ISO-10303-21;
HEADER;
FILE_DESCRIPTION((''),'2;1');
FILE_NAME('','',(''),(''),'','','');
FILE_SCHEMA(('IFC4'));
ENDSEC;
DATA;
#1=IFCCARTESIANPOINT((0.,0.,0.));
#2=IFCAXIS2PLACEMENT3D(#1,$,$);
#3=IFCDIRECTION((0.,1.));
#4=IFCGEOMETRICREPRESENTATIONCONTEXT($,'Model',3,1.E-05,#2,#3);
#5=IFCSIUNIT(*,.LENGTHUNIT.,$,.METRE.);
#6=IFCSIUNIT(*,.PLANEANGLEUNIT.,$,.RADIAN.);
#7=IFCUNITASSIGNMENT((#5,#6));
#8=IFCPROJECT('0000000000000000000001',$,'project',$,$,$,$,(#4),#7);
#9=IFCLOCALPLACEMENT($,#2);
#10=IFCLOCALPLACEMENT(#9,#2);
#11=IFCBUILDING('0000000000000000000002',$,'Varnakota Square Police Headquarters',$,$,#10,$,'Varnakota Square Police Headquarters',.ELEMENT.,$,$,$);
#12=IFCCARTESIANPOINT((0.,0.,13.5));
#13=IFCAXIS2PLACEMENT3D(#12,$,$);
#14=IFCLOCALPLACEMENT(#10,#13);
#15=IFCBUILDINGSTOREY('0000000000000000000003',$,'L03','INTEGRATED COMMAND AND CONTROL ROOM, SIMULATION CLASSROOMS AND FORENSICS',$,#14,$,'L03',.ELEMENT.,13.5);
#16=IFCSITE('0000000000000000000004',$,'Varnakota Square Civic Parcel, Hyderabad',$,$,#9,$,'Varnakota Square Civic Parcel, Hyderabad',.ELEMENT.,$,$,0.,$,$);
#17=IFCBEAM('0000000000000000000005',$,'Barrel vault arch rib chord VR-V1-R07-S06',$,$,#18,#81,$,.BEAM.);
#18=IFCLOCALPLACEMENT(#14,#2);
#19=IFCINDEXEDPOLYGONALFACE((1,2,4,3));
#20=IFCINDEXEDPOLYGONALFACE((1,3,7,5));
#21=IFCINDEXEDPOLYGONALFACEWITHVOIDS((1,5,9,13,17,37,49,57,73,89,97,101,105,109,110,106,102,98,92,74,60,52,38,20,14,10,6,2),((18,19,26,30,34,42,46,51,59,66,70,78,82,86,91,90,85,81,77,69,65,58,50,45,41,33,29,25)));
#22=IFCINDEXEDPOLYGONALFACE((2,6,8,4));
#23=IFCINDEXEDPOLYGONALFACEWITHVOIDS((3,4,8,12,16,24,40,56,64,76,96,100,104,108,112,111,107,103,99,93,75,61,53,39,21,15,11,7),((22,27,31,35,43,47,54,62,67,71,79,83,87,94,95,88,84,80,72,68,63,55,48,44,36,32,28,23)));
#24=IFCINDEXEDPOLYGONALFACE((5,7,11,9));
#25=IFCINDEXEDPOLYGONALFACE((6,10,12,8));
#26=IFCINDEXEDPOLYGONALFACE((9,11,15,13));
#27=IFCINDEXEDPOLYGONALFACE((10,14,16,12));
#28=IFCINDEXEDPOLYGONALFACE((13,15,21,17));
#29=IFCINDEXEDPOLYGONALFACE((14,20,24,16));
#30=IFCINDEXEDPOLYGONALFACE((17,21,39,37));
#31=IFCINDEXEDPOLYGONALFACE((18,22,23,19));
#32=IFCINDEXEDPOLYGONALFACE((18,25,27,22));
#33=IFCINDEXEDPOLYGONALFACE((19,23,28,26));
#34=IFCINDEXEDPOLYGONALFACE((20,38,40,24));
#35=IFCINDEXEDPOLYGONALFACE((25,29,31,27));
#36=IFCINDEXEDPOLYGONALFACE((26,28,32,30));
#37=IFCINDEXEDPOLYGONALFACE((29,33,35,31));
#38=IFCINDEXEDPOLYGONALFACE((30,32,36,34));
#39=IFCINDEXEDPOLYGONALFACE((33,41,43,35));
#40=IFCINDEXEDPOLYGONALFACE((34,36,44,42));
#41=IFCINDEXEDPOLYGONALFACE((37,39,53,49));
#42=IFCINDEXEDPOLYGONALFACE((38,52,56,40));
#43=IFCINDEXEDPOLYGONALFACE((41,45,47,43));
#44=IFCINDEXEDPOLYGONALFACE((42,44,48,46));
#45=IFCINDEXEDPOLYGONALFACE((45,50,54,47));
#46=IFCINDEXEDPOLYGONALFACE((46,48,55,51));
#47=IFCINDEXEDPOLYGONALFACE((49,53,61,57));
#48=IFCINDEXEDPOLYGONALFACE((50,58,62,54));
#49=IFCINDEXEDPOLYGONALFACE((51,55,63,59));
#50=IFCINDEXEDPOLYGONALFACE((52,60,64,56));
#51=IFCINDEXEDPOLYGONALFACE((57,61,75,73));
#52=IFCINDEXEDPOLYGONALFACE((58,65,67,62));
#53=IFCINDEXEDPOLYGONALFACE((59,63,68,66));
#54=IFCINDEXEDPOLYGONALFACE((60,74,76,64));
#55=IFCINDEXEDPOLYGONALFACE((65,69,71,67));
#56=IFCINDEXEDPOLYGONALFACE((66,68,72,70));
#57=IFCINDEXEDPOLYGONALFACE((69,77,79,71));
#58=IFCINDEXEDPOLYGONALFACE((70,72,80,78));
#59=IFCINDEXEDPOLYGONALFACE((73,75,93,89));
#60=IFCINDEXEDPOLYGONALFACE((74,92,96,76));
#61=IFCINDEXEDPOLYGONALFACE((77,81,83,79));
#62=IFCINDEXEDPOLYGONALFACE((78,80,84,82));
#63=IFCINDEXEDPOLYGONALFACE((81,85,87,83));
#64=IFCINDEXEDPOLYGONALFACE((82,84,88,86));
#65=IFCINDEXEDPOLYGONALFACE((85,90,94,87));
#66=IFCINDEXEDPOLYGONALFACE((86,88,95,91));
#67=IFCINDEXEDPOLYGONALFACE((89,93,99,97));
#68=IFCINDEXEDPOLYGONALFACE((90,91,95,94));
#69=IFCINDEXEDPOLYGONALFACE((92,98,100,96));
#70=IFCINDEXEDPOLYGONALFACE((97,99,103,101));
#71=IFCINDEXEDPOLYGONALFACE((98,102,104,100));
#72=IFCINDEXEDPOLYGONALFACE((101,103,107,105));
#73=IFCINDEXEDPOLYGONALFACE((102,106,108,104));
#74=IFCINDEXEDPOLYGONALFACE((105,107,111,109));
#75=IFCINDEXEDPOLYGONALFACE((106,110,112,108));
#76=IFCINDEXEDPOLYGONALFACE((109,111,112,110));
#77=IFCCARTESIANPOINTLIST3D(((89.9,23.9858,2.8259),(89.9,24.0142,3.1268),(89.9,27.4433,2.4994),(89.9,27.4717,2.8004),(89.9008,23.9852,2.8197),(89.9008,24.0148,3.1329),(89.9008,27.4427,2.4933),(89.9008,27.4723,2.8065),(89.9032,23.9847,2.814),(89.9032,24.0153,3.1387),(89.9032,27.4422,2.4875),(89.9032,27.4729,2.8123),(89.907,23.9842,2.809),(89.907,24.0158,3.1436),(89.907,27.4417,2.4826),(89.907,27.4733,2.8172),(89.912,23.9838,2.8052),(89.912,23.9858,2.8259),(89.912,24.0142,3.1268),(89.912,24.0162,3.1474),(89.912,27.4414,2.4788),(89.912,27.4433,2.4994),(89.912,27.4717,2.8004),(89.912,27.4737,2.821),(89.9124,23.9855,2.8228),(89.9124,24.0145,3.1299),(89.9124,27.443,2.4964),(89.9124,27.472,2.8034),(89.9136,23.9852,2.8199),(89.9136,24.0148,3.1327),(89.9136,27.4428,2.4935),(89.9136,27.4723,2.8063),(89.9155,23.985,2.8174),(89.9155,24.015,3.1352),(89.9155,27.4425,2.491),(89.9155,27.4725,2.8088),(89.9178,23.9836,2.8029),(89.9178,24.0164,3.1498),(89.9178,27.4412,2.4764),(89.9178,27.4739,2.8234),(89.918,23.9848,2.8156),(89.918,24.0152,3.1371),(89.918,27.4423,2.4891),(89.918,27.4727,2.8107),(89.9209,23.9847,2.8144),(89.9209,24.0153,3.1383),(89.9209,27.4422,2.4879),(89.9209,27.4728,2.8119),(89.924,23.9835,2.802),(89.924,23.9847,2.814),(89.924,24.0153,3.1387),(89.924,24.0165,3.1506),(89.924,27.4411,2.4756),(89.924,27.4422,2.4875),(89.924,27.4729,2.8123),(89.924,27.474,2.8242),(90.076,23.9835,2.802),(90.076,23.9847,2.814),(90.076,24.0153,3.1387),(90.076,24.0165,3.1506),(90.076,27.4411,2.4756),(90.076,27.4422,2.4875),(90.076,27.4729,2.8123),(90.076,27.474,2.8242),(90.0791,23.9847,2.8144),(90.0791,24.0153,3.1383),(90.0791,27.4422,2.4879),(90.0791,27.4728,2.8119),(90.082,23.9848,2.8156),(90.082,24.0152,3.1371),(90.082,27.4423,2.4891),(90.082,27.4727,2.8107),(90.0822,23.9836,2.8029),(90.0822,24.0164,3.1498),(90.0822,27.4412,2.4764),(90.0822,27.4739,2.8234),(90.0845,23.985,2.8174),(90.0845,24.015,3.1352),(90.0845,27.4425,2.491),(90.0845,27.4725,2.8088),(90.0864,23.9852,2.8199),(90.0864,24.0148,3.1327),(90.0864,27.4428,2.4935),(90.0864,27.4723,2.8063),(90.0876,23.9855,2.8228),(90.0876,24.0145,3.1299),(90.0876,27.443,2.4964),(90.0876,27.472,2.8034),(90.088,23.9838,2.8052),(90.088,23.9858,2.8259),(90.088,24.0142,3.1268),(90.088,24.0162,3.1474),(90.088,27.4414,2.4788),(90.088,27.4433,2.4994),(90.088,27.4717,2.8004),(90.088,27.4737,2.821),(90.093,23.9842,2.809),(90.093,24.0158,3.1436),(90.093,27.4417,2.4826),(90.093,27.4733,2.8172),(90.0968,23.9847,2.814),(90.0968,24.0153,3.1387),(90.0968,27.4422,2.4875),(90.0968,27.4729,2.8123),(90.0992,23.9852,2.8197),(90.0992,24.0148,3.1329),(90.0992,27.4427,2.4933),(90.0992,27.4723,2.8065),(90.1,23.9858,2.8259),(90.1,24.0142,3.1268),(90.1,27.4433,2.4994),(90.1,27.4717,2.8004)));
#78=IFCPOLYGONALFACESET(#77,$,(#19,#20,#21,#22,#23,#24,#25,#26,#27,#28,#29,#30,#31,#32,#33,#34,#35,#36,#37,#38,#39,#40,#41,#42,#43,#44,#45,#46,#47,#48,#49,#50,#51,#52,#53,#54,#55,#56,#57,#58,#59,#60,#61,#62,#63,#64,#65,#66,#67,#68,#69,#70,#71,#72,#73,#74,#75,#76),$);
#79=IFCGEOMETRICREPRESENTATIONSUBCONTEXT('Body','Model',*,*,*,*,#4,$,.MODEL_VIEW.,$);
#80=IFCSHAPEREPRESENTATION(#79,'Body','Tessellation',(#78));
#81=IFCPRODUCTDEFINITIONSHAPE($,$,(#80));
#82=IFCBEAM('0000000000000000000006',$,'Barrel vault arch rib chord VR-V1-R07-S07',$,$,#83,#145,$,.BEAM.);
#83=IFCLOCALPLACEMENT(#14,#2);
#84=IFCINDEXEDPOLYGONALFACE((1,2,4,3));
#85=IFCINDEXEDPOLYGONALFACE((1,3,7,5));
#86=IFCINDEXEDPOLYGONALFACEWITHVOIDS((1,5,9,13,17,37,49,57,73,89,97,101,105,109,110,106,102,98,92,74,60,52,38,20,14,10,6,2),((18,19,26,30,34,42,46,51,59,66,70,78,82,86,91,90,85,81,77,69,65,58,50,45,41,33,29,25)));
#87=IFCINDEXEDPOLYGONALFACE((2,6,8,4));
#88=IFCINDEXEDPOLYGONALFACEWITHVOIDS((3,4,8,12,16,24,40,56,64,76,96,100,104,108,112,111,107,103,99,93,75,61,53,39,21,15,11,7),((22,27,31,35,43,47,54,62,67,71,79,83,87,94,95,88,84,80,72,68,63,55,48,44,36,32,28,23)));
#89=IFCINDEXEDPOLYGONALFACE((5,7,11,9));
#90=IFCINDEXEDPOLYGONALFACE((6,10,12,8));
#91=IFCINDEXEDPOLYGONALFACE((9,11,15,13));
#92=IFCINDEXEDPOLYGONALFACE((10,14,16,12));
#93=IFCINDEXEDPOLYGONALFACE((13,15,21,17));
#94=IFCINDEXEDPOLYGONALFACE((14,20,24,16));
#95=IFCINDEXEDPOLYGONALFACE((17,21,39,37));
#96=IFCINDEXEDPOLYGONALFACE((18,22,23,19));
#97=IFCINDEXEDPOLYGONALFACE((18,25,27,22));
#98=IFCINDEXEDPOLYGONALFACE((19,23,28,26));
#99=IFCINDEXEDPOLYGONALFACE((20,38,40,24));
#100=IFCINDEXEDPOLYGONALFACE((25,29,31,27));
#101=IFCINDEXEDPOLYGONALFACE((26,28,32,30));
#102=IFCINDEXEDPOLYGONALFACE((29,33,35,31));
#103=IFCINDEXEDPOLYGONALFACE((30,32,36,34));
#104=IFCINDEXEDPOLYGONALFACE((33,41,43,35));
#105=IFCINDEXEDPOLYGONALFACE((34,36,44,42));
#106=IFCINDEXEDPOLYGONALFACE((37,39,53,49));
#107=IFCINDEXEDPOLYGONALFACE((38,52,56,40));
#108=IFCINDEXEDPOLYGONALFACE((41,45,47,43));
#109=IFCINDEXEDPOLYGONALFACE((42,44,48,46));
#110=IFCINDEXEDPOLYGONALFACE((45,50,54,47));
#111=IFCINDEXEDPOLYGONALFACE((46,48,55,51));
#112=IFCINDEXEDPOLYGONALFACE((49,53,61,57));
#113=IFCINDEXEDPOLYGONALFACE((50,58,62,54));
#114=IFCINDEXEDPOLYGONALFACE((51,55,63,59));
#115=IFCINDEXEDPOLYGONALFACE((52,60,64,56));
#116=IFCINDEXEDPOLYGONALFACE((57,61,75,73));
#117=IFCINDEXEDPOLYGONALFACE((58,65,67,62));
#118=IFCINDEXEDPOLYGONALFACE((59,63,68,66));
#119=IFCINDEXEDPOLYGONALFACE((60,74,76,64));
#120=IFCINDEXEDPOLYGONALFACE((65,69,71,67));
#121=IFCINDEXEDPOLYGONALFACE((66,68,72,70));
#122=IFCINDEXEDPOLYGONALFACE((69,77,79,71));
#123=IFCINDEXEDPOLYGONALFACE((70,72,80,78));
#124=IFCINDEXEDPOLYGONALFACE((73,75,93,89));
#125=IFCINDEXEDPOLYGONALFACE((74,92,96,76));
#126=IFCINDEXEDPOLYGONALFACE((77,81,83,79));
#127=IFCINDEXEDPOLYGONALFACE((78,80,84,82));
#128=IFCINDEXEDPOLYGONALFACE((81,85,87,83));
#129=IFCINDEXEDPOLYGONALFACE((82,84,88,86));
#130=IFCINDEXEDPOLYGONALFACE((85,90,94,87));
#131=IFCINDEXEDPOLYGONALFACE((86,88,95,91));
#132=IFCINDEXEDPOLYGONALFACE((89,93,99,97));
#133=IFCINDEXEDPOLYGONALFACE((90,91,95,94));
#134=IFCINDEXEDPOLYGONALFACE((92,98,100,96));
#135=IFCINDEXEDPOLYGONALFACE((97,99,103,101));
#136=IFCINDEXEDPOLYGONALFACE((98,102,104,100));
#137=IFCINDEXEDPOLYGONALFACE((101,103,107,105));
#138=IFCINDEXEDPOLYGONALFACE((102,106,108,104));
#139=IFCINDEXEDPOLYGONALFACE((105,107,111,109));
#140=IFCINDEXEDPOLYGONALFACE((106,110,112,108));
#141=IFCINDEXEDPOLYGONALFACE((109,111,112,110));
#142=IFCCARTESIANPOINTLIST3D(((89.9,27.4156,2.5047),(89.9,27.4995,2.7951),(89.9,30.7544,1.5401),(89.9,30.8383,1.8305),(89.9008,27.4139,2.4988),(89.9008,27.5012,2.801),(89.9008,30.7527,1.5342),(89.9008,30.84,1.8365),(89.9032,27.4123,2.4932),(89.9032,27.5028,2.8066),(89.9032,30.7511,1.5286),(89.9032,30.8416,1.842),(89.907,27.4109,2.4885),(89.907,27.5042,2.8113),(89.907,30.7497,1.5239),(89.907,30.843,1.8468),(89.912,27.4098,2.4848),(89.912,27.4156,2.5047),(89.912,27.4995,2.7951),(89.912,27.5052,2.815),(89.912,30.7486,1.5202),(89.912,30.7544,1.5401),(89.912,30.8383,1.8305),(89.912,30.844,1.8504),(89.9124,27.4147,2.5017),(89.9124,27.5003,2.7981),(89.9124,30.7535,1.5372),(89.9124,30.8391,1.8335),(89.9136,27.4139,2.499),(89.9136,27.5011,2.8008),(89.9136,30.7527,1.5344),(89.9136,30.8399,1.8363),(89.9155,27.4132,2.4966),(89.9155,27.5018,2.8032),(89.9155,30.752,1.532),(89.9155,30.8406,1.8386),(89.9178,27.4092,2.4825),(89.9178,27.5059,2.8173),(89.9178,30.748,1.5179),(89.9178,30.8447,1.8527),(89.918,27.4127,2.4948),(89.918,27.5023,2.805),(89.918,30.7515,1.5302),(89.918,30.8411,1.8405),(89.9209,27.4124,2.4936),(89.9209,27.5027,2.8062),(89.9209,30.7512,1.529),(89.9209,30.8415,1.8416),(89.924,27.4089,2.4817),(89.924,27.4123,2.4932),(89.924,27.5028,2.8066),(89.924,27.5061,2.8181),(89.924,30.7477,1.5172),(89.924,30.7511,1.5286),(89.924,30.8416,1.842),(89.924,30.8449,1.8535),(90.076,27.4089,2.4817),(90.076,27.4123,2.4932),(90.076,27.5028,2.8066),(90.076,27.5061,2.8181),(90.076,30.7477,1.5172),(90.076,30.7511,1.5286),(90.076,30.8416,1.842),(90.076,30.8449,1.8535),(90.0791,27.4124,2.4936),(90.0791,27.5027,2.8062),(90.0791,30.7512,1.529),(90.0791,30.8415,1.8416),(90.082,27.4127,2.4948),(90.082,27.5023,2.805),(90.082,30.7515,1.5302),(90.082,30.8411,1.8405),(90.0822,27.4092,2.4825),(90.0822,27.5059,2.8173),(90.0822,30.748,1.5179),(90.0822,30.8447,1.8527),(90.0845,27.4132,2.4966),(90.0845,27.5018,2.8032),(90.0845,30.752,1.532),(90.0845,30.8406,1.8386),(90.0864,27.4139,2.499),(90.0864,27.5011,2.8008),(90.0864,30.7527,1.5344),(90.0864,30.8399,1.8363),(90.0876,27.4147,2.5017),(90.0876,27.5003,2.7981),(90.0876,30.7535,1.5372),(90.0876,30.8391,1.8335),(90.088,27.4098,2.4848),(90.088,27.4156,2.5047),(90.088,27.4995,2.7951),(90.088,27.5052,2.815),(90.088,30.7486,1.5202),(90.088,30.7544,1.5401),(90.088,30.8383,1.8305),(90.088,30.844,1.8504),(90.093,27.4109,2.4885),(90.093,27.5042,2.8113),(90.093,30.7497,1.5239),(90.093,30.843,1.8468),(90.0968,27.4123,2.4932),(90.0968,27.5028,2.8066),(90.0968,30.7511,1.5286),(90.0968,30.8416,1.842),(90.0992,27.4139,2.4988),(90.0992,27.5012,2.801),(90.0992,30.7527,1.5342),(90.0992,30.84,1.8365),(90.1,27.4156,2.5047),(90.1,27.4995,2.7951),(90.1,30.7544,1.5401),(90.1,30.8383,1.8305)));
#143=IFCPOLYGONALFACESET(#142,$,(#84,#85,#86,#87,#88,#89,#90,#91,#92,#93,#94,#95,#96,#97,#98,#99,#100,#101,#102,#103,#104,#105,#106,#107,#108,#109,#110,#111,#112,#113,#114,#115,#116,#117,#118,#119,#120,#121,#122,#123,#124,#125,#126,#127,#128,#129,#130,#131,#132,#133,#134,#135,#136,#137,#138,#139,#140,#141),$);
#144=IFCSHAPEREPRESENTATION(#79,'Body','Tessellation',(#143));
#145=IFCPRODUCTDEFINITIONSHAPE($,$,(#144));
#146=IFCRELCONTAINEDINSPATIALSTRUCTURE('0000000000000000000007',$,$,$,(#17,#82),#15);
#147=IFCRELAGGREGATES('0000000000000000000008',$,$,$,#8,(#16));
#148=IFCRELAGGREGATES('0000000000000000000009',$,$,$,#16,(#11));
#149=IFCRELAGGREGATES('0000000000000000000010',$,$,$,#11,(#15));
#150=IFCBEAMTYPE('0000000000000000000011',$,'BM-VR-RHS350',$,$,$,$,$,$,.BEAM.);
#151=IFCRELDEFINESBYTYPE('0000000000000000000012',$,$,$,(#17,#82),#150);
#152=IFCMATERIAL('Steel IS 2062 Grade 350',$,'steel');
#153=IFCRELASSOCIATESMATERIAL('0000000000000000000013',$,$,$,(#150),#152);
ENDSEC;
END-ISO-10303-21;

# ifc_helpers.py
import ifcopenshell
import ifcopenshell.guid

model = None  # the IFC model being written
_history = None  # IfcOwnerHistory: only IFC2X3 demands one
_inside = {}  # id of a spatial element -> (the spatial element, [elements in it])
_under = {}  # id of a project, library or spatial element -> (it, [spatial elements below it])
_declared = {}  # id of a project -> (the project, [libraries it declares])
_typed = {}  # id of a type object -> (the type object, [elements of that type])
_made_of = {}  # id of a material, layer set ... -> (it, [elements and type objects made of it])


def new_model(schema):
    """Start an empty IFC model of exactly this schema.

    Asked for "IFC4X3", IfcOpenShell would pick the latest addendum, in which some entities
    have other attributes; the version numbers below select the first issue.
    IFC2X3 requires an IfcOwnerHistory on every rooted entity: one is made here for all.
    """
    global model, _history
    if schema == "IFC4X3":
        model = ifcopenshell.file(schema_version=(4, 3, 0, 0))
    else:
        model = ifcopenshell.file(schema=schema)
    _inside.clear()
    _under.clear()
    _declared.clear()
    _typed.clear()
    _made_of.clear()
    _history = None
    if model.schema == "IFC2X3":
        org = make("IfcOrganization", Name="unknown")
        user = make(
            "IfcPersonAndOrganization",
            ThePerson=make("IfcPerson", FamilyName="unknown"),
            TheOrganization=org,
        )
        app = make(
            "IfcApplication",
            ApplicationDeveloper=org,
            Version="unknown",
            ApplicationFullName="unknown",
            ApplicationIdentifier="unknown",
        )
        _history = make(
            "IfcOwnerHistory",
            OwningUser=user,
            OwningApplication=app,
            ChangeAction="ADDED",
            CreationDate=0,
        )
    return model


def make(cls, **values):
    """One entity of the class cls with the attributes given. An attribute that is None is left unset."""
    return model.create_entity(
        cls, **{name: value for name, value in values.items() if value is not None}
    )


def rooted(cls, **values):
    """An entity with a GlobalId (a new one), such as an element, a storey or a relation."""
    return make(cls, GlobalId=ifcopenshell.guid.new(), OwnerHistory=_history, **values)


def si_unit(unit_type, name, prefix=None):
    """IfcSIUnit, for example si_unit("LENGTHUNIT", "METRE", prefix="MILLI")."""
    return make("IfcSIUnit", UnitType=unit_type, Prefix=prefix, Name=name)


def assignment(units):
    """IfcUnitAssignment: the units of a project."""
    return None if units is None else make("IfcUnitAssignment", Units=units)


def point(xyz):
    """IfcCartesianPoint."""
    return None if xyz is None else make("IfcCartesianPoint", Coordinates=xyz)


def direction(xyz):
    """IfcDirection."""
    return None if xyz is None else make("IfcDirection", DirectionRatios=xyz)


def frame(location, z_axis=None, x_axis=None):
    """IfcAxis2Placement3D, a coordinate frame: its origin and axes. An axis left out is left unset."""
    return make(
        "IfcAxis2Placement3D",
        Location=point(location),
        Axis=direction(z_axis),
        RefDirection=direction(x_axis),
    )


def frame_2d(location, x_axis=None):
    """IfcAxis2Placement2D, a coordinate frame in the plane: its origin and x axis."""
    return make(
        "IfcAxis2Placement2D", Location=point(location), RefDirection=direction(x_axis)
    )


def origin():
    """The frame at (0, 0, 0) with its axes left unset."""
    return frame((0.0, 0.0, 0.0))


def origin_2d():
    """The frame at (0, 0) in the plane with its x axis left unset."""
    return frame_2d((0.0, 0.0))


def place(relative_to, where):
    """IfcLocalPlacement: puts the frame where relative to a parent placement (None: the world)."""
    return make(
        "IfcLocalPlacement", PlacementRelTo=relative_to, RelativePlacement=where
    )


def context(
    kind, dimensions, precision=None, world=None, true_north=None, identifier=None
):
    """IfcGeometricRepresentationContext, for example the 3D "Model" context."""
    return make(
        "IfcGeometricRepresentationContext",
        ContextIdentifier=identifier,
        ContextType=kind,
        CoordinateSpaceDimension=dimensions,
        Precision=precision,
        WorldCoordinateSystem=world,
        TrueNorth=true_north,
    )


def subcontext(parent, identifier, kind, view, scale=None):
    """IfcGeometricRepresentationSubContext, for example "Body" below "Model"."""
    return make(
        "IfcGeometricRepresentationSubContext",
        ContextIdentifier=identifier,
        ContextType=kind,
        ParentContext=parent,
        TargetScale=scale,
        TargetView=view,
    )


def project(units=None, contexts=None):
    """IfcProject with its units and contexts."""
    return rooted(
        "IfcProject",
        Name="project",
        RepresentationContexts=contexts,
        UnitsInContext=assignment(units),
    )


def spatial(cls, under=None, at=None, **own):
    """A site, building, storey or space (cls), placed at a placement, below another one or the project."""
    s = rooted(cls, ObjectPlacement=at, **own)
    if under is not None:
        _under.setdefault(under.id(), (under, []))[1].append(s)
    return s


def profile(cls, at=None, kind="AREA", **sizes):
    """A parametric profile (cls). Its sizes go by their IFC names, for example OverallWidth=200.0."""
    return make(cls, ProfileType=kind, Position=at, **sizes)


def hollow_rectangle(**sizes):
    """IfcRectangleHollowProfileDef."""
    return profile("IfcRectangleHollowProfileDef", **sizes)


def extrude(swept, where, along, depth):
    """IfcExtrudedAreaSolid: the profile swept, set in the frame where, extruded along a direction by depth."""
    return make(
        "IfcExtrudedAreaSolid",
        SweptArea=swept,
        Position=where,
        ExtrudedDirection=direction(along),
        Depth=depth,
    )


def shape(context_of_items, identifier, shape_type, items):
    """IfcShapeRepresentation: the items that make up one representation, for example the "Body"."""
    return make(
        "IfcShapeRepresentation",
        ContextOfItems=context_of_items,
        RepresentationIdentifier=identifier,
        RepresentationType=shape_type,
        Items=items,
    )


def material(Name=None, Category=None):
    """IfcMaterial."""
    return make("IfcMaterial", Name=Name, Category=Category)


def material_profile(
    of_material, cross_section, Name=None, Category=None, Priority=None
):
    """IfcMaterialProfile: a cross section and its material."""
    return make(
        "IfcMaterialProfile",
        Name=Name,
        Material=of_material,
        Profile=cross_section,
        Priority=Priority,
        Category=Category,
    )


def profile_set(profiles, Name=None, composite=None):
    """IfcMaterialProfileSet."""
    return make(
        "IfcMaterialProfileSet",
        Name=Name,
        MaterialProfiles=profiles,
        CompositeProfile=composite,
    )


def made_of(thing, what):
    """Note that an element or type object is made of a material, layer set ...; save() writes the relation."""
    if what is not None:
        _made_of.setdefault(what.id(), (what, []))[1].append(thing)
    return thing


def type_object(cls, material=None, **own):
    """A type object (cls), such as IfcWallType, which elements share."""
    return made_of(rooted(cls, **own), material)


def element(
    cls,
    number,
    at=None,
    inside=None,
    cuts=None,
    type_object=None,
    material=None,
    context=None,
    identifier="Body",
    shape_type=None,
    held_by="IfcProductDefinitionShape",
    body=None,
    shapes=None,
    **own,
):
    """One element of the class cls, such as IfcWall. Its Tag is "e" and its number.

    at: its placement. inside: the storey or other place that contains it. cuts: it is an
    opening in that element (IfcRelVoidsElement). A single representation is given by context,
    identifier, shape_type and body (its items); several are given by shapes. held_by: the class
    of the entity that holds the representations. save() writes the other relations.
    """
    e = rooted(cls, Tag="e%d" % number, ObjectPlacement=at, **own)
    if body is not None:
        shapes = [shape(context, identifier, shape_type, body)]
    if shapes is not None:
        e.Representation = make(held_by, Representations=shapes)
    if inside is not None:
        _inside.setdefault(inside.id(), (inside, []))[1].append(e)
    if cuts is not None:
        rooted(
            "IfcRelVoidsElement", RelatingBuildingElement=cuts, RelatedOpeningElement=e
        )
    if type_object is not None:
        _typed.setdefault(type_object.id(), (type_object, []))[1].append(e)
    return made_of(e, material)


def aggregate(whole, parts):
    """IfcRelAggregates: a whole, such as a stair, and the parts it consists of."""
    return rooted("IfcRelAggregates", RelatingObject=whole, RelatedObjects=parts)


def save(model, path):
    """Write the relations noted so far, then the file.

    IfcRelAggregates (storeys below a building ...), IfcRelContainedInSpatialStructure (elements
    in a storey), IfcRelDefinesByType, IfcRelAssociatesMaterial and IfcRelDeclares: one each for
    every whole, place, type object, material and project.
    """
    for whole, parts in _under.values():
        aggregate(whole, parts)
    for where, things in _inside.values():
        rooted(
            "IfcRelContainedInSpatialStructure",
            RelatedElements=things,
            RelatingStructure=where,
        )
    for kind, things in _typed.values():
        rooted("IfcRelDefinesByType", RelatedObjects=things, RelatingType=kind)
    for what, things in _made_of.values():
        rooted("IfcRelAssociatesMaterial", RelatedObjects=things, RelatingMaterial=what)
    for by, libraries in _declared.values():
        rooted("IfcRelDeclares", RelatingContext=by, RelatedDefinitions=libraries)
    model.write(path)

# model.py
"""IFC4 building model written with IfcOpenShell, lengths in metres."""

from ifc_helpers import new_model, si_unit, direction, frame, origin, origin_2d, place, context, subcontext, project, spatial, hollow_rectangle, extrude, material, material_profile, profile_set, type_object, element, save


model = new_model("IFC4")

# Units and contexts
model_context = context("Model", 3, precision=1e-05, world=origin(), true_north=direction((0.0, 1.0)))
body_context = subcontext(model_context, "Body", "Model", "MODEL_VIEW")
ifc_project = project(units=[si_unit("LENGTHUNIT", "METRE"), si_unit("PLANEANGLEUNIT", "RADIAN")], contexts=[model_context])

# Site, building, storey
site_placement = place(None, origin())
site = spatial("IfcSite", under=ifc_project, at=site_placement, Name="Varnakota Square Civic Parcel, Hyderabad", LongName="Varnakota Square Civic Parcel, Hyderabad", CompositionType="ELEMENT", RefElevation=0.0)
building_placement = place(site_placement, origin())
building = spatial("IfcBuilding", under=site, at=building_placement, Name="Varnakota Square Police Headquarters", LongName="Varnakota Square Police Headquarters", CompositionType="ELEMENT")
storey_placement = place(building_placement, frame((0.0, 0.0, 13.5)))
storey = spatial("IfcBuildingStorey", under=building, at=storey_placement, Name="L03", Description="INTEGRATED COMMAND AND CONTROL ROOM, SIMULATION CLASSROOMS AND FORENSICS", LongName="L03", CompositionType="ELEMENT", Elevation=13.5)

# Beams
ifc_material_1 = material(Name="Steel IS 2062 Grade 350", Category="steel")
ifc_material_profile_1 = material_profile(ifc_material_1, hollow_rectangle(XDim=0.2, YDim=0.3501, WallThickness=0.012, InnerFilletRadius=0.012, OuterFilletRadius=0.0239, at=origin_2d()), Name="RHS 350x200x12")
ifc_profile_set_1 = profile_set([ifc_material_profile_1], Name="Steel IS 2062 Grade 350")
beam_type = type_object("IfcBeamType", Name="BM-VR-RHS350", PredefinedType="BEAM", material=ifc_profile_set_1)
for number, where, z_axis, x_axis, name in (
    (1, (90.0, 24.0, 2.9763), (0.0, 0.995573, -0.09399), (-1.0, 0.0, 0.0), "Barrel vault arch rib chord VR-V1-R07-S06"),
):
    element("IfcBeam", number, at=place(storey_placement, frame(where, z_axis=z_axis, x_axis=x_axis)), inside=storey, type_object=beam_type, Name=name, PredefinedType="BEAM", context=body_context, shape_type="SweptSolid", body=[
        extrude(hollow_rectangle(XDim=0.2, YDim=0.3501, WallThickness=0.012, InnerFilletRadius=0.012, OuterFilletRadius=0.0239, at=origin_2d()), origin(), (0.0, 0.0, 1.0), 3.4729),
    ])
beam_1_placement = place(storey_placement, frame((90.0, 27.4575, 2.6499), z_axis=(0.0, 0.960711, -0.27755), x_axis=(-1.0, 0.0, 0.0)))
element("IfcBeam", 2, at=beam_1_placement, inside=storey, type_object=beam_type, Name="Barrel vault arch rib chord VR-V1-R07-S07", PredefinedType="BEAM", context=body_context, shape_type="SweptSolid", body=[
    extrude(hollow_rectangle(XDim=0.2, YDim=0.3501, WallThickness=0.012, InnerFilletRadius=0.012, OuterFilletRadius=0.0239, at=origin_2d()), origin(), (0.0, 0.0, 1.0), 3.4753),
])

save(model, "model.ifc")
